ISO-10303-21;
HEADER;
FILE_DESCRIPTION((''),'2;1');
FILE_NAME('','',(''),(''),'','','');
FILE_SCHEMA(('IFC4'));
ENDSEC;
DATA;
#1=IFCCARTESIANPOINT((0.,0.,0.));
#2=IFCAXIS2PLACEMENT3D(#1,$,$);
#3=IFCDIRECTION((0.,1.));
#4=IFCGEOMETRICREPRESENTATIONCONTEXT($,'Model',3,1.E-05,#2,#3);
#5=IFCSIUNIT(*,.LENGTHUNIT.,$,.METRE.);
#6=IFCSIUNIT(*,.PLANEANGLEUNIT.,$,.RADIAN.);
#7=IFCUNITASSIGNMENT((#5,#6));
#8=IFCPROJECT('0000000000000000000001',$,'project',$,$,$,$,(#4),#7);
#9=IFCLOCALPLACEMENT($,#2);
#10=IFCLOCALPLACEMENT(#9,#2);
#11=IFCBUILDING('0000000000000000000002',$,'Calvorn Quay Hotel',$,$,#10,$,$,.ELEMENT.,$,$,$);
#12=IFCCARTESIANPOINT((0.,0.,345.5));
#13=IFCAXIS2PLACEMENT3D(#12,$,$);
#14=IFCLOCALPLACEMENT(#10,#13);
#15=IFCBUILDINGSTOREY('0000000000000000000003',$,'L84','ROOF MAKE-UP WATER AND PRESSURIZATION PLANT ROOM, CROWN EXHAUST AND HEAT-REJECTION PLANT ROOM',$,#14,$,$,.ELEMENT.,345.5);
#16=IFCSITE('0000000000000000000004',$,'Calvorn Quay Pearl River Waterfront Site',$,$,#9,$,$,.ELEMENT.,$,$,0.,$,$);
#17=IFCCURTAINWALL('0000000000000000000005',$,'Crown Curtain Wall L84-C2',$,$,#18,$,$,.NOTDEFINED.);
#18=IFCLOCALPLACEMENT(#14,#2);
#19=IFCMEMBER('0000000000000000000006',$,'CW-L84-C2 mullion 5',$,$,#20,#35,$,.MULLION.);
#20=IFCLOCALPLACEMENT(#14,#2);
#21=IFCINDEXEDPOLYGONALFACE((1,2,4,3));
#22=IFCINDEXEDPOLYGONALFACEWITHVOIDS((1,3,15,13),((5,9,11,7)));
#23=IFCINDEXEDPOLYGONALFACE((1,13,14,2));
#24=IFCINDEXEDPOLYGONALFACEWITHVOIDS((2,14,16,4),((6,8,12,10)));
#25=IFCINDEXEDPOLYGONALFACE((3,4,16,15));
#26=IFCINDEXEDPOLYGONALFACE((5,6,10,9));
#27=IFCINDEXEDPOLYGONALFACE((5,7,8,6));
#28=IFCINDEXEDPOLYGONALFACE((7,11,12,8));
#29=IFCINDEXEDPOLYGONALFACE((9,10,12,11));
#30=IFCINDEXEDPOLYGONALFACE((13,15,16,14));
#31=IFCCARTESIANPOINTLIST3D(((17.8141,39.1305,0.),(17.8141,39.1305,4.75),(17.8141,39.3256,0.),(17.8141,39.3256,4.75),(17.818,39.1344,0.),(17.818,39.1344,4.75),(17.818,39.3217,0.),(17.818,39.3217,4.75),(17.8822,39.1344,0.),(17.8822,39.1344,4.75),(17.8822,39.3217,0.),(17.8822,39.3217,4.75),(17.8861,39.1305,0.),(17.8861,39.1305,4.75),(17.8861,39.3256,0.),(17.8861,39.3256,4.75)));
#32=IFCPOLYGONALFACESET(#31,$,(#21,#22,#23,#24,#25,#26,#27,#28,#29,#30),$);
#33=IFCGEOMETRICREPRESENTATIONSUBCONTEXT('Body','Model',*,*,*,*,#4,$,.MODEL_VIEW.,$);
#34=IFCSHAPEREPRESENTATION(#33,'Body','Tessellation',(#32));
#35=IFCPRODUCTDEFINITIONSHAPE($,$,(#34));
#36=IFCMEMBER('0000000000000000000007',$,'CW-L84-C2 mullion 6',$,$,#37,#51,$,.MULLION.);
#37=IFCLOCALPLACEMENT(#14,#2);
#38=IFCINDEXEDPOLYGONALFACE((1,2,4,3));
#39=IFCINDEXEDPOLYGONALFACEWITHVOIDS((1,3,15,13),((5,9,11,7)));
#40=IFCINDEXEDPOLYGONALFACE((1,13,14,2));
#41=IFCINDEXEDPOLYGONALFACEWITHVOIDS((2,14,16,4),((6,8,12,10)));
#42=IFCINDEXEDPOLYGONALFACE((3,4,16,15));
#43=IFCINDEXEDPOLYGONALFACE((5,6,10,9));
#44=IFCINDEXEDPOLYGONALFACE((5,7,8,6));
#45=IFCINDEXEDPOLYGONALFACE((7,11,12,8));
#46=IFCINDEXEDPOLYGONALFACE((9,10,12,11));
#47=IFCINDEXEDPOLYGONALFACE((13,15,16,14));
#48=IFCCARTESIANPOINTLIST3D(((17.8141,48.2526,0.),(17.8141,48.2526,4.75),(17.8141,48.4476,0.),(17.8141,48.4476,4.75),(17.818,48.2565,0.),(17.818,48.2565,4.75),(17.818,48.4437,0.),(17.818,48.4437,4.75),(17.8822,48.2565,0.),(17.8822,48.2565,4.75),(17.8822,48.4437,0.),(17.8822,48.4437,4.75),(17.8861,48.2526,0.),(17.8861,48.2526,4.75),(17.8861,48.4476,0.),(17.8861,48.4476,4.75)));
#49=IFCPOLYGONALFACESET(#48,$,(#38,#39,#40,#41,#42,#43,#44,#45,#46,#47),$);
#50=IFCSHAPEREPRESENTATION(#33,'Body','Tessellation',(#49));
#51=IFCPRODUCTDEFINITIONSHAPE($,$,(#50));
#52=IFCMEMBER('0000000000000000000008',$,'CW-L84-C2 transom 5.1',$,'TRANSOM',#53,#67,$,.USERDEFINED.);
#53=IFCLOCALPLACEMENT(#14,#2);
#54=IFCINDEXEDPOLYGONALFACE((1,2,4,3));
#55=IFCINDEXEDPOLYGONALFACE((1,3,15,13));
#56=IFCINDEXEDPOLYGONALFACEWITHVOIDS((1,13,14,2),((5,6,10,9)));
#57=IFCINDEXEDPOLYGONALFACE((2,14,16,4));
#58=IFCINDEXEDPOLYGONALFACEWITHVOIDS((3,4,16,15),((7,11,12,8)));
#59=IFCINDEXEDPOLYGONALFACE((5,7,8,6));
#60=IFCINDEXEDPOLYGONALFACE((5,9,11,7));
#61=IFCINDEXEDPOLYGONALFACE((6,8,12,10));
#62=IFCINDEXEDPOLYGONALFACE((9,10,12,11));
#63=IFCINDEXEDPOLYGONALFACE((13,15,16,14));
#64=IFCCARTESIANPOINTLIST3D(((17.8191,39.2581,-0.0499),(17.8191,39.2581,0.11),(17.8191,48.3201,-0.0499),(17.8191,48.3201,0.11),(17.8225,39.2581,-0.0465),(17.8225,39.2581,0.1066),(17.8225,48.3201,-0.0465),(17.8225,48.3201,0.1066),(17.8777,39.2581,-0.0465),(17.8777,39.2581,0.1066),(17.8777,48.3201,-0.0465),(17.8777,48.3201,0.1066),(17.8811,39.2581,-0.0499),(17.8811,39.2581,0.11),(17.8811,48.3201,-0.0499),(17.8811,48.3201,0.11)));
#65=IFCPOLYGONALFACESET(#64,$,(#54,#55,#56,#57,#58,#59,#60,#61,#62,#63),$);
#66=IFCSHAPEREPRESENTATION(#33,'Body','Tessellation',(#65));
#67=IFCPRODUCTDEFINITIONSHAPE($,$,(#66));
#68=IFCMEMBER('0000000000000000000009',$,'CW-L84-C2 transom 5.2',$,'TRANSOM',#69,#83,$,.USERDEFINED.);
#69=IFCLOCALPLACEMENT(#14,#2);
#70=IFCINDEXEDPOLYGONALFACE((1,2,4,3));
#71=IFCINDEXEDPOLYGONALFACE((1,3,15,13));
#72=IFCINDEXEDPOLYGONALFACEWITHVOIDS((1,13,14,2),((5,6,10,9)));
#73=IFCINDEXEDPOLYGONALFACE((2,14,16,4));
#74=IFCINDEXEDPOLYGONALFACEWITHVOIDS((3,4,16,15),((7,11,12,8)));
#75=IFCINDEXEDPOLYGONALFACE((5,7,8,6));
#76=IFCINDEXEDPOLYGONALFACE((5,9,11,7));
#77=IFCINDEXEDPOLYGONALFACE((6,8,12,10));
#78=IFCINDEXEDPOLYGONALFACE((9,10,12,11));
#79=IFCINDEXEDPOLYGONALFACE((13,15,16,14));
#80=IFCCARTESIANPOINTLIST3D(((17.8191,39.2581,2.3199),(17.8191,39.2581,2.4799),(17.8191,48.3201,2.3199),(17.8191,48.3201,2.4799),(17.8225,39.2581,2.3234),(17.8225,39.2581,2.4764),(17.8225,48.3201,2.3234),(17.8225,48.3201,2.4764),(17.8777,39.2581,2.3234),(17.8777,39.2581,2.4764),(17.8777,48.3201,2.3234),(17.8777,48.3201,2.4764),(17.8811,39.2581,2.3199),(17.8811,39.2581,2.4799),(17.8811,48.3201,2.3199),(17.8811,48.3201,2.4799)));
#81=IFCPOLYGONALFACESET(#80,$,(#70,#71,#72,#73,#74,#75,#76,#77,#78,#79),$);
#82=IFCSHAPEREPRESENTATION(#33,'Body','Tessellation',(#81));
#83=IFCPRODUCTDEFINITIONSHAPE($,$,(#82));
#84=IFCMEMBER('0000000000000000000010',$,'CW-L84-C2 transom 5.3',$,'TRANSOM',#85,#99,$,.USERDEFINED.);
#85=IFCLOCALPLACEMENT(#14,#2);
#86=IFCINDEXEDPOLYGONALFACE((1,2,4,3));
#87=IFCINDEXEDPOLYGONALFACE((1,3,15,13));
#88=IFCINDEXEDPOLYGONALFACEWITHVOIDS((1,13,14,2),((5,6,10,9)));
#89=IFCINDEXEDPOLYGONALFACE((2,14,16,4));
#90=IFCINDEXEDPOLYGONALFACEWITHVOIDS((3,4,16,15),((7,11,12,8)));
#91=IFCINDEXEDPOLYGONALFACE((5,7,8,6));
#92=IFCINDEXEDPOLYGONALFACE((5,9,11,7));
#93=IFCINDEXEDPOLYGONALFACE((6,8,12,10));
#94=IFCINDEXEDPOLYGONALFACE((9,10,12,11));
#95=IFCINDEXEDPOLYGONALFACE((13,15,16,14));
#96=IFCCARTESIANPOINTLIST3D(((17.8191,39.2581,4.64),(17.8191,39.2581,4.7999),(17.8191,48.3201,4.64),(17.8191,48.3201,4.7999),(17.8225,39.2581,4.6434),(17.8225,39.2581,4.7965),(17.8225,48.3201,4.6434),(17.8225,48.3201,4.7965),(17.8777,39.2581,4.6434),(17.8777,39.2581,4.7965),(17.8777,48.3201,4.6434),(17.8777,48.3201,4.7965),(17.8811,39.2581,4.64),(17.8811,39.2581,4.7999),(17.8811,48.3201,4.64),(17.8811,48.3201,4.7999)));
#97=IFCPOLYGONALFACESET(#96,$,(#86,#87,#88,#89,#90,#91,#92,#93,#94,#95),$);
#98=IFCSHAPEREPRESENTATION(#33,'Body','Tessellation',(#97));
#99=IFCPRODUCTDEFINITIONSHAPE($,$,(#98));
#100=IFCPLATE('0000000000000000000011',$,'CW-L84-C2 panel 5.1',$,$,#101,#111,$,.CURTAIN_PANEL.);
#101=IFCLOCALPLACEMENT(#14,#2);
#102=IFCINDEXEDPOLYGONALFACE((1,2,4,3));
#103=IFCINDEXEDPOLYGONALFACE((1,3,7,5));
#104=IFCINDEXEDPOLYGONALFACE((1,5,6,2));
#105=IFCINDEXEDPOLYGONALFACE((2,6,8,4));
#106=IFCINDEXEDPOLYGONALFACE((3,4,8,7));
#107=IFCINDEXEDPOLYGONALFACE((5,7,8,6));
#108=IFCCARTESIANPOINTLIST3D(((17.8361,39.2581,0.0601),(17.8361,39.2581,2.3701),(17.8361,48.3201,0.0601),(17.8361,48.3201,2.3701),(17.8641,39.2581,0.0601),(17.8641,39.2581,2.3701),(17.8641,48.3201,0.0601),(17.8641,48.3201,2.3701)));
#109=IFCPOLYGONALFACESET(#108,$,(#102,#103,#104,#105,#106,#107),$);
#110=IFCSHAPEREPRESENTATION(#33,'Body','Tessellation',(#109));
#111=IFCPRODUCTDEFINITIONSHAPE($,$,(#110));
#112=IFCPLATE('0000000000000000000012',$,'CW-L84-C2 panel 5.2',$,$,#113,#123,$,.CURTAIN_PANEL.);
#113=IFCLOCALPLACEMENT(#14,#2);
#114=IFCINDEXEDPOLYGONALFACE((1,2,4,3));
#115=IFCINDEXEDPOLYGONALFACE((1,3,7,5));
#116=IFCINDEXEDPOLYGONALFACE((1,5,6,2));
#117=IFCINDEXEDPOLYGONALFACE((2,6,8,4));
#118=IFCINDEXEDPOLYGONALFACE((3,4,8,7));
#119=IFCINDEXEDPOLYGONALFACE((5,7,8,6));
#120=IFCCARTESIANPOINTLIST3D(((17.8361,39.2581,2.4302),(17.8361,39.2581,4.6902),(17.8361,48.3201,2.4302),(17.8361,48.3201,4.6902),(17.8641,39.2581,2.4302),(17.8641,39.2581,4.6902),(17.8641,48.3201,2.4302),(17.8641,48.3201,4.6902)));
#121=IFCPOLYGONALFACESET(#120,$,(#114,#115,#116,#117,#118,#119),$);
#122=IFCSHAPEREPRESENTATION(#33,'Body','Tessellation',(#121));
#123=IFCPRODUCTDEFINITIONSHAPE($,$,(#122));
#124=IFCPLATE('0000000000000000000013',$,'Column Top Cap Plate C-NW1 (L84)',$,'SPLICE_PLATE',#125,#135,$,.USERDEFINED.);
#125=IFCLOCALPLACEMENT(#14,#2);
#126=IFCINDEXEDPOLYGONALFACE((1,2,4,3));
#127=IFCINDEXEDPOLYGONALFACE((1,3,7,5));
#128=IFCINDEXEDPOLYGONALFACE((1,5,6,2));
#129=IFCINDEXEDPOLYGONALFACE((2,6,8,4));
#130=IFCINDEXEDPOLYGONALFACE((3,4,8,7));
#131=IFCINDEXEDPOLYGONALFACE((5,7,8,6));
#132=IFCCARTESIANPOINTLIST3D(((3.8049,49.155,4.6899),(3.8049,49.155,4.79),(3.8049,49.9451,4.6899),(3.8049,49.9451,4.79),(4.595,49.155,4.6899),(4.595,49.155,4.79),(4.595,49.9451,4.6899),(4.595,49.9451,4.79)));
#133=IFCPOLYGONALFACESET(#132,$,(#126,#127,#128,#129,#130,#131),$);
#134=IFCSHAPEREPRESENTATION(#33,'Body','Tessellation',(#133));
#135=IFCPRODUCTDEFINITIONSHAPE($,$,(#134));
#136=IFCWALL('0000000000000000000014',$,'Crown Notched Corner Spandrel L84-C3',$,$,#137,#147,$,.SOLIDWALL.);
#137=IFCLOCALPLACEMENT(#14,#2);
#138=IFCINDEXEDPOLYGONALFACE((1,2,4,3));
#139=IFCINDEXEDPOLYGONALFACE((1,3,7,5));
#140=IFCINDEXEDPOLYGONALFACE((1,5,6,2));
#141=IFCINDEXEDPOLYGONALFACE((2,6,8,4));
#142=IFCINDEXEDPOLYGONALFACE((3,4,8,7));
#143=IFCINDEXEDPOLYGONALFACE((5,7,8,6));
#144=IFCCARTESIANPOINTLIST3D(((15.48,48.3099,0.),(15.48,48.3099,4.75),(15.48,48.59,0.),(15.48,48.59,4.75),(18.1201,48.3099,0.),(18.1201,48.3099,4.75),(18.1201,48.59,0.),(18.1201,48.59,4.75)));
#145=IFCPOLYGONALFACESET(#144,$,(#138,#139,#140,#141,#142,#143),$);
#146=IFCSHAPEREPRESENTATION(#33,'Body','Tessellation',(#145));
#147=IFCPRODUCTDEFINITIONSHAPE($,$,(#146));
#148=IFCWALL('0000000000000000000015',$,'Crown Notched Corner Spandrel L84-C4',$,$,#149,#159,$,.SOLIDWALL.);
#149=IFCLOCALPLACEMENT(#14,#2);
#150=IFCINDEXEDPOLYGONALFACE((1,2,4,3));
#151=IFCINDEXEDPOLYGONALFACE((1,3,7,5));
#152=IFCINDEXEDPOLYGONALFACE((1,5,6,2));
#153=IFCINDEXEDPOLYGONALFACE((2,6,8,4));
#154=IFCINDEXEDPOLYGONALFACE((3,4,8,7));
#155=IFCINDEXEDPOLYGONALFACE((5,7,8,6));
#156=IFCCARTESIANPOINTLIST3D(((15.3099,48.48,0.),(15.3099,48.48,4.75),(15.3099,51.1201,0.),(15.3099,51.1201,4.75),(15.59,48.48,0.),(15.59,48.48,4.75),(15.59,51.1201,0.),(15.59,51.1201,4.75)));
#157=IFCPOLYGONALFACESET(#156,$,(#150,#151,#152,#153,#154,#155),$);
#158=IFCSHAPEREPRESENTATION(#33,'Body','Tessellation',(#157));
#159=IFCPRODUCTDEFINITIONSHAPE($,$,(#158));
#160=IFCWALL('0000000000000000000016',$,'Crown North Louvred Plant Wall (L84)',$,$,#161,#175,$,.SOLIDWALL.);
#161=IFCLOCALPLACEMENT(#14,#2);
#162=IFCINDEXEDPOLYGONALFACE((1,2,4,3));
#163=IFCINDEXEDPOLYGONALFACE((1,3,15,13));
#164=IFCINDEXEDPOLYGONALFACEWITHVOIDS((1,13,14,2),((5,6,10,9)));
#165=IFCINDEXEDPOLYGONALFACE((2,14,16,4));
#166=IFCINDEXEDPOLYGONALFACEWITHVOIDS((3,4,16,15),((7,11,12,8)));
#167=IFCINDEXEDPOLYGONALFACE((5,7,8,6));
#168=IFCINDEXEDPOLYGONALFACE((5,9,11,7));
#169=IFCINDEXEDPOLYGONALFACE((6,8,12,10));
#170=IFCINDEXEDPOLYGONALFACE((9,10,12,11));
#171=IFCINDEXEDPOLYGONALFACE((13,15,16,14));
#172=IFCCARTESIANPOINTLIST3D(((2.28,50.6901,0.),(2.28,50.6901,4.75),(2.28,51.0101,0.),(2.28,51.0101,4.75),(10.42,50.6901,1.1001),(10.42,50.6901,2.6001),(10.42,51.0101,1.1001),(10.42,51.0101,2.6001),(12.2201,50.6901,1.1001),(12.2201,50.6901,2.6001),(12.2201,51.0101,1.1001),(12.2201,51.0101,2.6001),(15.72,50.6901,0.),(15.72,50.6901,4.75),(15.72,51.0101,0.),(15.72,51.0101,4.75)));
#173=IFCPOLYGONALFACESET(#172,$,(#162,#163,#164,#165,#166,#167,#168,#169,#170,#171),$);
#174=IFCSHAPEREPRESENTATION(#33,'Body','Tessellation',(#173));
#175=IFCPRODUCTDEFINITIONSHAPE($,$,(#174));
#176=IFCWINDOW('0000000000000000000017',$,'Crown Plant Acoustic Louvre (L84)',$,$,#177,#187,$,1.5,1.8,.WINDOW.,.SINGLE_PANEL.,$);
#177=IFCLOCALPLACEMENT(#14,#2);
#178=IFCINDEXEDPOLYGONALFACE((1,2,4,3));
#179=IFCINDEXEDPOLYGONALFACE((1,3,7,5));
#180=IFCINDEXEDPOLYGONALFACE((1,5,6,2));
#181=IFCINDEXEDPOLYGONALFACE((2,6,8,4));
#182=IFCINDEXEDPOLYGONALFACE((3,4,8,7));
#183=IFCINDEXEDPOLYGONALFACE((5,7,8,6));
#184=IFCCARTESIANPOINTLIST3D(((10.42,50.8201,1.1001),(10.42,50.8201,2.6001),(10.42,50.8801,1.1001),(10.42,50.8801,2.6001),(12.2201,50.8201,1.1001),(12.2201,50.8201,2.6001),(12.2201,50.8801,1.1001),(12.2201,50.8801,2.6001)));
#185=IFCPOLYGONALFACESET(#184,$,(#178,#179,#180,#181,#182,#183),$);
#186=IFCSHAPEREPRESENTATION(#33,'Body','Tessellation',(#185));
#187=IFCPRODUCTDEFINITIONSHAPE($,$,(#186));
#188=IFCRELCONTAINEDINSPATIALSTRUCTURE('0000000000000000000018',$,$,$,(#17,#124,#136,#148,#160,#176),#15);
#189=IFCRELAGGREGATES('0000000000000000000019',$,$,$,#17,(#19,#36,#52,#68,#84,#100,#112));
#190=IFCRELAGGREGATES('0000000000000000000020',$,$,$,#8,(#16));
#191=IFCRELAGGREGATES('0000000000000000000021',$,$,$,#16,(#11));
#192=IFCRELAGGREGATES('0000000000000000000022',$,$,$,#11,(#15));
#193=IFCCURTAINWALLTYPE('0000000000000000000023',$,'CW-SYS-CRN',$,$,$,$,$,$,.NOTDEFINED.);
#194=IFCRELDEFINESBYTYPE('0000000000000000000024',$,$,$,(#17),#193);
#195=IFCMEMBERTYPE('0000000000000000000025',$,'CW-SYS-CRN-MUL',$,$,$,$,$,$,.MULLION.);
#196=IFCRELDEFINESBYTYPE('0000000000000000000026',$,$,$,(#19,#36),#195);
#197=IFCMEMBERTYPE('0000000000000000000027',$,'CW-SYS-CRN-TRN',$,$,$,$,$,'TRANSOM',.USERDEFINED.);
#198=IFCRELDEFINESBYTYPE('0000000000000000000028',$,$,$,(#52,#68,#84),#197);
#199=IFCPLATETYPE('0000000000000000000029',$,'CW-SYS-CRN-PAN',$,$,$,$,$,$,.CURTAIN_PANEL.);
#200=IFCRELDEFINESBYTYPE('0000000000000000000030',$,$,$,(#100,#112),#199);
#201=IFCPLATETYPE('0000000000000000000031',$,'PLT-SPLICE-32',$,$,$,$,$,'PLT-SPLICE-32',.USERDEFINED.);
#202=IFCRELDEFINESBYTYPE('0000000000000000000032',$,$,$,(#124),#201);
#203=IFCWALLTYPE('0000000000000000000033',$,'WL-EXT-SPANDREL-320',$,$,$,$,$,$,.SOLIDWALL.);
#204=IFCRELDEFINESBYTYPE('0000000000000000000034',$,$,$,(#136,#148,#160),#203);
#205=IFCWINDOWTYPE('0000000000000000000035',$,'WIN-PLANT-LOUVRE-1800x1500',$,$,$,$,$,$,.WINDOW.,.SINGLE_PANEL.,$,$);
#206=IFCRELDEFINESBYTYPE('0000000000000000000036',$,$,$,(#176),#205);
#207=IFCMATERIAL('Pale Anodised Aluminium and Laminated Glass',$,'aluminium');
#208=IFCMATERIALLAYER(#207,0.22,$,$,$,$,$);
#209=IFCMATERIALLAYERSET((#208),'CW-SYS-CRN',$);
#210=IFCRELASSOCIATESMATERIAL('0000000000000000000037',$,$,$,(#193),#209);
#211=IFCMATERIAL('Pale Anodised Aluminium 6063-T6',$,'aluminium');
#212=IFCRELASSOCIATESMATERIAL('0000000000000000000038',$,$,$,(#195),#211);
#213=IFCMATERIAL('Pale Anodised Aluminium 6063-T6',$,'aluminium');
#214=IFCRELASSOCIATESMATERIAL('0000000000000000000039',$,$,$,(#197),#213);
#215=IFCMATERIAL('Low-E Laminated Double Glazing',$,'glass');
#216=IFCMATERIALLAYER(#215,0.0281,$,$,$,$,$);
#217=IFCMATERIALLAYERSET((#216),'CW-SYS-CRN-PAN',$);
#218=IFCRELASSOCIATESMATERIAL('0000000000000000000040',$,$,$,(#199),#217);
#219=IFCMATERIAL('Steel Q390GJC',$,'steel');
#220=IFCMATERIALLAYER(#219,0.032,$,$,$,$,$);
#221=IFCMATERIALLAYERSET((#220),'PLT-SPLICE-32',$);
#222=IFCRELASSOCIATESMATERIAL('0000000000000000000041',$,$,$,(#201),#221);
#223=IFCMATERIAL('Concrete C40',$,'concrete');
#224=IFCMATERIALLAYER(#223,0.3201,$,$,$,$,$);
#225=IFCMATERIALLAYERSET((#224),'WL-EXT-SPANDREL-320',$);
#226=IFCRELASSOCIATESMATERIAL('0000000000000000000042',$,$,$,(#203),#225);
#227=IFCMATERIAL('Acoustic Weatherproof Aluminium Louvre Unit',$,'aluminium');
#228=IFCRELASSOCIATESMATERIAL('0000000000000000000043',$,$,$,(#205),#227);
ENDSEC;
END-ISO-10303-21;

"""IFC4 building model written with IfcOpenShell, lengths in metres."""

from ifc_helpers import new_model, si_unit, direction, frame, frame_2d, origin, origin_2d, place, context, subcontext, project, spatial, rectangle, hollow_rectangle, extrude, material, layer, layer_set, material_profile, profile_set, type_object, element, fill, aggregate, save


model = new_model("IFC4")

# Units and contexts
model_context = context("Model", 3, precision=1e-05, world=origin(), true_north=direction((0.0, 1.0)))
body_context = subcontext(model_context, "Body", "Model", "MODEL_VIEW")
ifc_project = project(units=[si_unit("LENGTHUNIT", "METRE"), si_unit("PLANEANGLEUNIT", "RADIAN")], contexts=[model_context])

# Site, building, storey
site_placement = place(None, origin())
site = spatial("IfcSite", under=ifc_project, at=site_placement, Name="Calvorn Quay Pearl River Waterfront Site", CompositionType="ELEMENT", RefElevation=0.0)
building_placement = place(site_placement, origin())
building = spatial("IfcBuilding", under=site, at=building_placement, Name="Calvorn Quay Hotel", CompositionType="ELEMENT")
storey_placement = place(building_placement, frame((0.0, 0.0, 345.5)))
storey = spatial("IfcBuildingStorey", under=building, at=storey_placement, Name="L84", Description="ROOF MAKE-UP WATER AND PRESSURIZATION PLANT ROOM, CROWN EXHAUST AND HEAT-REJECTION PLANT ROOM", CompositionType="ELEMENT", Elevation=345.5)

# Curtain wall, members, plates
ifc_material_1 = material(Name="Pale Anodised Aluminium and Laminated Glass", Category="aluminium")
ifc_layer_1 = layer(ifc_material_1, 0.22)
ifc_layer_set_1 = layer_set([ifc_layer_1], Name="CW-SYS-CRN")
curtain_wall_type = type_object("IfcCurtainWallType", Name="CW-SYS-CRN", PredefinedType="NOTDEFINED", material=ifc_layer_set_1)
curtain_wall_placement = place(storey_placement, origin())
curtain_wall = element("IfcCurtainWall", 1, at=curtain_wall_placement, inside=storey, type_object=curtain_wall_type, Name="Crown Curtain Wall L84-C2", PredefinedType="NOTDEFINED")
ifc_material_2 = material(Name="Pale Anodised Aluminium 6063-T6", Category="aluminium")
ifc_material_profile_1 = material_profile(ifc_material_2, hollow_rectangle(XDim=0.072, YDim=0.1951, WallThickness=0.0039, at=origin_2d()), Name="ALU-M195x72x4")
ifc_profile_set_1 = profile_set([ifc_material_profile_1], Name="Pale Anodised Aluminium 6063-T6")
member_type_1 = type_object("IfcMemberType", Name="CW-SYS-CRN-MUL", PredefinedType="MULLION", material=ifc_profile_set_1)
member_1_placement = place(storey_placement, frame((17.8501, 39.228, 0.0), z_axis=(0.0, 0.0, 1.0), x_axis=(-1.0, 0.0, 0.0)))
member_1 = element("IfcMember", 2, at=member_1_placement, type_object=member_type_1, Name="CW-L84-C2 mullion 5", PredefinedType="MULLION", context=body_context, shape_type="SweptSolid", body=[
    extrude(hollow_rectangle(XDim=0.072, YDim=0.1951, WallThickness=0.0039, at=origin_2d()), origin(), (0.0, 0.0, 1.0), 4.75),
])
member_2_placement = place(storey_placement, frame((17.8501, 48.3501, 0.0), z_axis=(0.0, 0.0, 1.0), x_axis=(-1.0, 0.0, 0.0)))
member_2 = element("IfcMember", 3, at=member_2_placement, type_object=member_type_1, Name="CW-L84-C2 mullion 6", PredefinedType="MULLION", context=body_context, shape_type="SweptSolid", body=[
    extrude(hollow_rectangle(XDim=0.072, YDim=0.1951, WallThickness=0.0039, at=origin_2d()), origin(), (0.0, 0.0, 1.0), 4.75),
])
ifc_material_3 = material(Name="Pale Anodised Aluminium 6063-T6", Category="aluminium")
ifc_material_profile_2 = material_profile(ifc_material_3, hollow_rectangle(XDim=0.062, YDim=0.1599, WallThickness=0.0034, at=origin_2d()), Name="ALU-T160x62x3.5")
ifc_profile_set_2 = profile_set([ifc_material_profile_2], Name="Pale Anodised Aluminium 6063-T6")
member_type_2 = type_object("IfcMemberType", Name="CW-SYS-CRN-TRN", ElementType="TRANSOM", PredefinedType="USERDEFINED", material=ifc_profile_set_2)
member_3_placement = place(storey_placement, frame((17.8501, 39.2581, 0.03), z_axis=(0.0, 1.0, 0.0), x_axis=(-1.0, 0.0, 0.0)))
member_3 = element("IfcMember", 4, at=member_3_placement, type_object=member_type_2, Name="CW-L84-C2 transom 5.1", ObjectType="TRANSOM", PredefinedType="USERDEFINED", context=body_context, shape_type="SweptSolid", body=[
    extrude(hollow_rectangle(XDim=0.062, YDim=0.1599, WallThickness=0.0034, at=origin_2d()), origin(), (0.0, 0.0, 1.0), 9.062),
])
member_4_placement = place(storey_placement, frame((17.8501, 39.2581, 2.3999), z_axis=(0.0, 1.0, 0.0), x_axis=(-1.0, 0.0, 0.0)))
member_4 = element("IfcMember", 5, at=member_4_placement, type_object=member_type_2, Name="CW-L84-C2 transom 5.2", ObjectType="TRANSOM", PredefinedType="USERDEFINED", context=body_context, shape_type="SweptSolid", body=[
    extrude(hollow_rectangle(XDim=0.062, YDim=0.1599, WallThickness=0.0034, at=origin_2d()), origin(), (0.0, 0.0, 1.0), 9.062),
])
member_5_placement = place(storey_placement, frame((17.8501, 39.2581, 4.72), z_axis=(0.0, 1.0, 0.0), x_axis=(-1.0, 0.0, 0.0)))
member_5 = element("IfcMember", 6, at=member_5_placement, type_object=member_type_2, Name="CW-L84-C2 transom 5.3", ObjectType="TRANSOM", PredefinedType="USERDEFINED", context=body_context, shape_type="SweptSolid", body=[
    extrude(hollow_rectangle(XDim=0.062, YDim=0.1599, WallThickness=0.0034, at=origin_2d()), origin(), (0.0, 0.0, 1.0), 9.062),
])
ifc_material_4 = material(Name="Low-E Laminated Double Glazing", Category="glass")
ifc_layer_2 = layer(ifc_material_4, 0.0281)
ifc_layer_set_2 = layer_set([ifc_layer_2], Name="CW-SYS-CRN-PAN")
plate_type_1 = type_object("IfcPlateType", Name="CW-SYS-CRN-PAN", PredefinedType="CURTAIN_PANEL", material=ifc_layer_set_2)
plate_1_placement = place(storey_placement, frame((17.8501, 43.7891, 0.0601), z_axis=(0.0, 0.0, 1.0), x_axis=(0.0, 1.0, 0.0)))
plate_1 = element("IfcPlate", 7, at=plate_1_placement, type_object=plate_type_1, Name="CW-L84-C2 panel 5.1", PredefinedType="CURTAIN_PANEL", context=body_context, shape_type="SweptSolid", body=[
    extrude(rectangle(XDim=9.062, YDim=0.0281, at=origin_2d()), origin(), (0.0, 0.0, 1.0), 2.3101),
])
plate_2_placement = place(storey_placement, frame((17.8501, 43.7891, 2.4302), z_axis=(0.0, 0.0, 1.0), x_axis=(0.0, 1.0, 0.0)))
plate_2 = element("IfcPlate", 8, at=plate_2_placement, type_object=plate_type_1, Name="CW-L84-C2 panel 5.2", PredefinedType="CURTAIN_PANEL", context=body_context, shape_type="SweptSolid", body=[
    extrude(rectangle(XDim=9.062, YDim=0.0281, at=origin_2d()), origin(), (0.0, 0.0, 1.0), 2.26),
])
aggregate(curtain_wall, [member_1, member_2, member_3, member_4, member_5, plate_1, plate_2])

# Plate
ifc_material_5 = material(Name="Steel Q390GJC", Category="steel")
ifc_layer_3 = layer(ifc_material_5, 0.032)
ifc_layer_set_3 = layer_set([ifc_layer_3], Name="PLT-SPLICE-32")
plate_type_2 = type_object("IfcPlateType", Name="PLT-SPLICE-32", ElementType="PLT-SPLICE-32", PredefinedType="USERDEFINED", material=ifc_layer_set_3)
plate_3_placement = place(storey_placement, frame((4.2, 49.55, 4.6899), z_axis=(0.0, 0.0, 1.0), x_axis=(1.0, 0.0, 0.0)))
element("IfcPlate", 9, at=plate_3_placement, inside=storey, type_object=plate_type_2, Name="Column Top Cap Plate C-NW1 (L84)", ObjectType="SPLICE_PLATE", PredefinedType="USERDEFINED", context=body_context, shape_type="SweptSolid", body=[
    extrude(rectangle(XDim=0.79, YDim=0.79, at=origin_2d()), origin(), (0.0, 0.0, 1.0), 0.1001),
])

# Walls
ifc_material_6 = material(Name="Concrete C40", Category="concrete")
ifc_layer_4 = layer(ifc_material_6, 0.3201)
ifc_layer_set_4 = layer_set([ifc_layer_4], Name="WL-EXT-SPANDREL-320")
wall_type_1 = type_object("IfcWallType", Name="WL-EXT-SPANDREL-320", PredefinedType="SOLIDWALL", material=ifc_layer_set_4)
for number, where, z_axis, x_axis, name in (
    (10, (18.1201, 48.45, 0.0), (0.0, 0.0, 1.0), (-1.0, 0.0, 0.0), "Crown Notched Corner Spandrel L84-C3"),
    (11, (15.45, 48.48, 0.0), (0.0, 0.0, 1.0), (0.0, 1.0, 0.0), "Crown Notched Corner Spandrel L84-C4"),
):
    element("IfcWall", number, at=place(storey_placement, frame(where, z_axis=z_axis, x_axis=x_axis)), inside=storey, type_object=wall_type_1, Name=name, PredefinedType="SOLIDWALL", context=body_context, shape_type="SweptSolid", body=[
        extrude(rectangle(XDim=2.6401, YDim=0.28, at=frame_2d((1.3201, 0.0))), origin(), (0.0, 0.0, 1.0), 4.75),
    ])

# Wall, opening, window
wall_1_placement = place(storey_placement, frame((15.72, 50.8501, 0.0), z_axis=(0.0, 0.0, 1.0), x_axis=(-1.0, 0.0, 0.0)))
wall_1 = element("IfcWall", 12, at=wall_1_placement, inside=storey, type_object=wall_type_1, Name="Crown North Louvred Plant Wall (L84)", PredefinedType="SOLIDWALL", context=body_context, shape_type="SweptSolid", body=[
    extrude(rectangle(XDim=13.4399, YDim=0.3201, at=frame_2d((6.72, 0.0))), origin(), (0.0, 0.0, 1.0), 4.75),
])
opening_placement = place(wall_1_placement, frame((3.5, 0.0, 1.1001)))
opening = element("IfcOpeningElement", 13, at=opening_placement, cuts=wall_1, PredefinedType="OPENING", context=body_context, shape_type="SweptSolid", body=[
    extrude(rectangle(XDim=1.8, YDim=1.5, at=frame_2d((0.8999, 0.75))), frame((0.0, 0.1699, 0.0), z_axis=(0.0, -1.0, 0.0), x_axis=(1.0, 0.0, 0.0)), (0.0, 0.0, 1.0), 0.3401),
])
ifc_material_7 = material(Name="Acoustic Weatherproof Aluminium Louvre Unit", Category="aluminium")
window_type = type_object("IfcWindowType", Name="WIN-PLANT-LOUVRE-1800x1500", PartitioningType="SINGLE_PANEL", PredefinedType="WINDOW", material=ifc_material_7)
window_placement = place(opening_placement, origin())
window = element("IfcWindow", 14, at=window_placement, inside=storey, type_object=window_type, Name="Crown Plant Acoustic Louvre (L84)", OverallHeight=1.5, OverallWidth=1.8, PartitioningType="SINGLE_PANEL", PredefinedType="WINDOW", context=body_context, shape_type="SweptSolid", body=[
    extrude(rectangle(XDim=1.8, YDim=1.5, at=frame_2d((0.8999, 0.75))), frame((0.0, 0.03, 0.0), z_axis=(0.0, -1.0, 0.0), x_axis=(1.0, 0.0, 0.0)), (0.0, 0.0, 1.0), 0.0601),
])
fill(opening, window)

save(model, "model.ifc")
